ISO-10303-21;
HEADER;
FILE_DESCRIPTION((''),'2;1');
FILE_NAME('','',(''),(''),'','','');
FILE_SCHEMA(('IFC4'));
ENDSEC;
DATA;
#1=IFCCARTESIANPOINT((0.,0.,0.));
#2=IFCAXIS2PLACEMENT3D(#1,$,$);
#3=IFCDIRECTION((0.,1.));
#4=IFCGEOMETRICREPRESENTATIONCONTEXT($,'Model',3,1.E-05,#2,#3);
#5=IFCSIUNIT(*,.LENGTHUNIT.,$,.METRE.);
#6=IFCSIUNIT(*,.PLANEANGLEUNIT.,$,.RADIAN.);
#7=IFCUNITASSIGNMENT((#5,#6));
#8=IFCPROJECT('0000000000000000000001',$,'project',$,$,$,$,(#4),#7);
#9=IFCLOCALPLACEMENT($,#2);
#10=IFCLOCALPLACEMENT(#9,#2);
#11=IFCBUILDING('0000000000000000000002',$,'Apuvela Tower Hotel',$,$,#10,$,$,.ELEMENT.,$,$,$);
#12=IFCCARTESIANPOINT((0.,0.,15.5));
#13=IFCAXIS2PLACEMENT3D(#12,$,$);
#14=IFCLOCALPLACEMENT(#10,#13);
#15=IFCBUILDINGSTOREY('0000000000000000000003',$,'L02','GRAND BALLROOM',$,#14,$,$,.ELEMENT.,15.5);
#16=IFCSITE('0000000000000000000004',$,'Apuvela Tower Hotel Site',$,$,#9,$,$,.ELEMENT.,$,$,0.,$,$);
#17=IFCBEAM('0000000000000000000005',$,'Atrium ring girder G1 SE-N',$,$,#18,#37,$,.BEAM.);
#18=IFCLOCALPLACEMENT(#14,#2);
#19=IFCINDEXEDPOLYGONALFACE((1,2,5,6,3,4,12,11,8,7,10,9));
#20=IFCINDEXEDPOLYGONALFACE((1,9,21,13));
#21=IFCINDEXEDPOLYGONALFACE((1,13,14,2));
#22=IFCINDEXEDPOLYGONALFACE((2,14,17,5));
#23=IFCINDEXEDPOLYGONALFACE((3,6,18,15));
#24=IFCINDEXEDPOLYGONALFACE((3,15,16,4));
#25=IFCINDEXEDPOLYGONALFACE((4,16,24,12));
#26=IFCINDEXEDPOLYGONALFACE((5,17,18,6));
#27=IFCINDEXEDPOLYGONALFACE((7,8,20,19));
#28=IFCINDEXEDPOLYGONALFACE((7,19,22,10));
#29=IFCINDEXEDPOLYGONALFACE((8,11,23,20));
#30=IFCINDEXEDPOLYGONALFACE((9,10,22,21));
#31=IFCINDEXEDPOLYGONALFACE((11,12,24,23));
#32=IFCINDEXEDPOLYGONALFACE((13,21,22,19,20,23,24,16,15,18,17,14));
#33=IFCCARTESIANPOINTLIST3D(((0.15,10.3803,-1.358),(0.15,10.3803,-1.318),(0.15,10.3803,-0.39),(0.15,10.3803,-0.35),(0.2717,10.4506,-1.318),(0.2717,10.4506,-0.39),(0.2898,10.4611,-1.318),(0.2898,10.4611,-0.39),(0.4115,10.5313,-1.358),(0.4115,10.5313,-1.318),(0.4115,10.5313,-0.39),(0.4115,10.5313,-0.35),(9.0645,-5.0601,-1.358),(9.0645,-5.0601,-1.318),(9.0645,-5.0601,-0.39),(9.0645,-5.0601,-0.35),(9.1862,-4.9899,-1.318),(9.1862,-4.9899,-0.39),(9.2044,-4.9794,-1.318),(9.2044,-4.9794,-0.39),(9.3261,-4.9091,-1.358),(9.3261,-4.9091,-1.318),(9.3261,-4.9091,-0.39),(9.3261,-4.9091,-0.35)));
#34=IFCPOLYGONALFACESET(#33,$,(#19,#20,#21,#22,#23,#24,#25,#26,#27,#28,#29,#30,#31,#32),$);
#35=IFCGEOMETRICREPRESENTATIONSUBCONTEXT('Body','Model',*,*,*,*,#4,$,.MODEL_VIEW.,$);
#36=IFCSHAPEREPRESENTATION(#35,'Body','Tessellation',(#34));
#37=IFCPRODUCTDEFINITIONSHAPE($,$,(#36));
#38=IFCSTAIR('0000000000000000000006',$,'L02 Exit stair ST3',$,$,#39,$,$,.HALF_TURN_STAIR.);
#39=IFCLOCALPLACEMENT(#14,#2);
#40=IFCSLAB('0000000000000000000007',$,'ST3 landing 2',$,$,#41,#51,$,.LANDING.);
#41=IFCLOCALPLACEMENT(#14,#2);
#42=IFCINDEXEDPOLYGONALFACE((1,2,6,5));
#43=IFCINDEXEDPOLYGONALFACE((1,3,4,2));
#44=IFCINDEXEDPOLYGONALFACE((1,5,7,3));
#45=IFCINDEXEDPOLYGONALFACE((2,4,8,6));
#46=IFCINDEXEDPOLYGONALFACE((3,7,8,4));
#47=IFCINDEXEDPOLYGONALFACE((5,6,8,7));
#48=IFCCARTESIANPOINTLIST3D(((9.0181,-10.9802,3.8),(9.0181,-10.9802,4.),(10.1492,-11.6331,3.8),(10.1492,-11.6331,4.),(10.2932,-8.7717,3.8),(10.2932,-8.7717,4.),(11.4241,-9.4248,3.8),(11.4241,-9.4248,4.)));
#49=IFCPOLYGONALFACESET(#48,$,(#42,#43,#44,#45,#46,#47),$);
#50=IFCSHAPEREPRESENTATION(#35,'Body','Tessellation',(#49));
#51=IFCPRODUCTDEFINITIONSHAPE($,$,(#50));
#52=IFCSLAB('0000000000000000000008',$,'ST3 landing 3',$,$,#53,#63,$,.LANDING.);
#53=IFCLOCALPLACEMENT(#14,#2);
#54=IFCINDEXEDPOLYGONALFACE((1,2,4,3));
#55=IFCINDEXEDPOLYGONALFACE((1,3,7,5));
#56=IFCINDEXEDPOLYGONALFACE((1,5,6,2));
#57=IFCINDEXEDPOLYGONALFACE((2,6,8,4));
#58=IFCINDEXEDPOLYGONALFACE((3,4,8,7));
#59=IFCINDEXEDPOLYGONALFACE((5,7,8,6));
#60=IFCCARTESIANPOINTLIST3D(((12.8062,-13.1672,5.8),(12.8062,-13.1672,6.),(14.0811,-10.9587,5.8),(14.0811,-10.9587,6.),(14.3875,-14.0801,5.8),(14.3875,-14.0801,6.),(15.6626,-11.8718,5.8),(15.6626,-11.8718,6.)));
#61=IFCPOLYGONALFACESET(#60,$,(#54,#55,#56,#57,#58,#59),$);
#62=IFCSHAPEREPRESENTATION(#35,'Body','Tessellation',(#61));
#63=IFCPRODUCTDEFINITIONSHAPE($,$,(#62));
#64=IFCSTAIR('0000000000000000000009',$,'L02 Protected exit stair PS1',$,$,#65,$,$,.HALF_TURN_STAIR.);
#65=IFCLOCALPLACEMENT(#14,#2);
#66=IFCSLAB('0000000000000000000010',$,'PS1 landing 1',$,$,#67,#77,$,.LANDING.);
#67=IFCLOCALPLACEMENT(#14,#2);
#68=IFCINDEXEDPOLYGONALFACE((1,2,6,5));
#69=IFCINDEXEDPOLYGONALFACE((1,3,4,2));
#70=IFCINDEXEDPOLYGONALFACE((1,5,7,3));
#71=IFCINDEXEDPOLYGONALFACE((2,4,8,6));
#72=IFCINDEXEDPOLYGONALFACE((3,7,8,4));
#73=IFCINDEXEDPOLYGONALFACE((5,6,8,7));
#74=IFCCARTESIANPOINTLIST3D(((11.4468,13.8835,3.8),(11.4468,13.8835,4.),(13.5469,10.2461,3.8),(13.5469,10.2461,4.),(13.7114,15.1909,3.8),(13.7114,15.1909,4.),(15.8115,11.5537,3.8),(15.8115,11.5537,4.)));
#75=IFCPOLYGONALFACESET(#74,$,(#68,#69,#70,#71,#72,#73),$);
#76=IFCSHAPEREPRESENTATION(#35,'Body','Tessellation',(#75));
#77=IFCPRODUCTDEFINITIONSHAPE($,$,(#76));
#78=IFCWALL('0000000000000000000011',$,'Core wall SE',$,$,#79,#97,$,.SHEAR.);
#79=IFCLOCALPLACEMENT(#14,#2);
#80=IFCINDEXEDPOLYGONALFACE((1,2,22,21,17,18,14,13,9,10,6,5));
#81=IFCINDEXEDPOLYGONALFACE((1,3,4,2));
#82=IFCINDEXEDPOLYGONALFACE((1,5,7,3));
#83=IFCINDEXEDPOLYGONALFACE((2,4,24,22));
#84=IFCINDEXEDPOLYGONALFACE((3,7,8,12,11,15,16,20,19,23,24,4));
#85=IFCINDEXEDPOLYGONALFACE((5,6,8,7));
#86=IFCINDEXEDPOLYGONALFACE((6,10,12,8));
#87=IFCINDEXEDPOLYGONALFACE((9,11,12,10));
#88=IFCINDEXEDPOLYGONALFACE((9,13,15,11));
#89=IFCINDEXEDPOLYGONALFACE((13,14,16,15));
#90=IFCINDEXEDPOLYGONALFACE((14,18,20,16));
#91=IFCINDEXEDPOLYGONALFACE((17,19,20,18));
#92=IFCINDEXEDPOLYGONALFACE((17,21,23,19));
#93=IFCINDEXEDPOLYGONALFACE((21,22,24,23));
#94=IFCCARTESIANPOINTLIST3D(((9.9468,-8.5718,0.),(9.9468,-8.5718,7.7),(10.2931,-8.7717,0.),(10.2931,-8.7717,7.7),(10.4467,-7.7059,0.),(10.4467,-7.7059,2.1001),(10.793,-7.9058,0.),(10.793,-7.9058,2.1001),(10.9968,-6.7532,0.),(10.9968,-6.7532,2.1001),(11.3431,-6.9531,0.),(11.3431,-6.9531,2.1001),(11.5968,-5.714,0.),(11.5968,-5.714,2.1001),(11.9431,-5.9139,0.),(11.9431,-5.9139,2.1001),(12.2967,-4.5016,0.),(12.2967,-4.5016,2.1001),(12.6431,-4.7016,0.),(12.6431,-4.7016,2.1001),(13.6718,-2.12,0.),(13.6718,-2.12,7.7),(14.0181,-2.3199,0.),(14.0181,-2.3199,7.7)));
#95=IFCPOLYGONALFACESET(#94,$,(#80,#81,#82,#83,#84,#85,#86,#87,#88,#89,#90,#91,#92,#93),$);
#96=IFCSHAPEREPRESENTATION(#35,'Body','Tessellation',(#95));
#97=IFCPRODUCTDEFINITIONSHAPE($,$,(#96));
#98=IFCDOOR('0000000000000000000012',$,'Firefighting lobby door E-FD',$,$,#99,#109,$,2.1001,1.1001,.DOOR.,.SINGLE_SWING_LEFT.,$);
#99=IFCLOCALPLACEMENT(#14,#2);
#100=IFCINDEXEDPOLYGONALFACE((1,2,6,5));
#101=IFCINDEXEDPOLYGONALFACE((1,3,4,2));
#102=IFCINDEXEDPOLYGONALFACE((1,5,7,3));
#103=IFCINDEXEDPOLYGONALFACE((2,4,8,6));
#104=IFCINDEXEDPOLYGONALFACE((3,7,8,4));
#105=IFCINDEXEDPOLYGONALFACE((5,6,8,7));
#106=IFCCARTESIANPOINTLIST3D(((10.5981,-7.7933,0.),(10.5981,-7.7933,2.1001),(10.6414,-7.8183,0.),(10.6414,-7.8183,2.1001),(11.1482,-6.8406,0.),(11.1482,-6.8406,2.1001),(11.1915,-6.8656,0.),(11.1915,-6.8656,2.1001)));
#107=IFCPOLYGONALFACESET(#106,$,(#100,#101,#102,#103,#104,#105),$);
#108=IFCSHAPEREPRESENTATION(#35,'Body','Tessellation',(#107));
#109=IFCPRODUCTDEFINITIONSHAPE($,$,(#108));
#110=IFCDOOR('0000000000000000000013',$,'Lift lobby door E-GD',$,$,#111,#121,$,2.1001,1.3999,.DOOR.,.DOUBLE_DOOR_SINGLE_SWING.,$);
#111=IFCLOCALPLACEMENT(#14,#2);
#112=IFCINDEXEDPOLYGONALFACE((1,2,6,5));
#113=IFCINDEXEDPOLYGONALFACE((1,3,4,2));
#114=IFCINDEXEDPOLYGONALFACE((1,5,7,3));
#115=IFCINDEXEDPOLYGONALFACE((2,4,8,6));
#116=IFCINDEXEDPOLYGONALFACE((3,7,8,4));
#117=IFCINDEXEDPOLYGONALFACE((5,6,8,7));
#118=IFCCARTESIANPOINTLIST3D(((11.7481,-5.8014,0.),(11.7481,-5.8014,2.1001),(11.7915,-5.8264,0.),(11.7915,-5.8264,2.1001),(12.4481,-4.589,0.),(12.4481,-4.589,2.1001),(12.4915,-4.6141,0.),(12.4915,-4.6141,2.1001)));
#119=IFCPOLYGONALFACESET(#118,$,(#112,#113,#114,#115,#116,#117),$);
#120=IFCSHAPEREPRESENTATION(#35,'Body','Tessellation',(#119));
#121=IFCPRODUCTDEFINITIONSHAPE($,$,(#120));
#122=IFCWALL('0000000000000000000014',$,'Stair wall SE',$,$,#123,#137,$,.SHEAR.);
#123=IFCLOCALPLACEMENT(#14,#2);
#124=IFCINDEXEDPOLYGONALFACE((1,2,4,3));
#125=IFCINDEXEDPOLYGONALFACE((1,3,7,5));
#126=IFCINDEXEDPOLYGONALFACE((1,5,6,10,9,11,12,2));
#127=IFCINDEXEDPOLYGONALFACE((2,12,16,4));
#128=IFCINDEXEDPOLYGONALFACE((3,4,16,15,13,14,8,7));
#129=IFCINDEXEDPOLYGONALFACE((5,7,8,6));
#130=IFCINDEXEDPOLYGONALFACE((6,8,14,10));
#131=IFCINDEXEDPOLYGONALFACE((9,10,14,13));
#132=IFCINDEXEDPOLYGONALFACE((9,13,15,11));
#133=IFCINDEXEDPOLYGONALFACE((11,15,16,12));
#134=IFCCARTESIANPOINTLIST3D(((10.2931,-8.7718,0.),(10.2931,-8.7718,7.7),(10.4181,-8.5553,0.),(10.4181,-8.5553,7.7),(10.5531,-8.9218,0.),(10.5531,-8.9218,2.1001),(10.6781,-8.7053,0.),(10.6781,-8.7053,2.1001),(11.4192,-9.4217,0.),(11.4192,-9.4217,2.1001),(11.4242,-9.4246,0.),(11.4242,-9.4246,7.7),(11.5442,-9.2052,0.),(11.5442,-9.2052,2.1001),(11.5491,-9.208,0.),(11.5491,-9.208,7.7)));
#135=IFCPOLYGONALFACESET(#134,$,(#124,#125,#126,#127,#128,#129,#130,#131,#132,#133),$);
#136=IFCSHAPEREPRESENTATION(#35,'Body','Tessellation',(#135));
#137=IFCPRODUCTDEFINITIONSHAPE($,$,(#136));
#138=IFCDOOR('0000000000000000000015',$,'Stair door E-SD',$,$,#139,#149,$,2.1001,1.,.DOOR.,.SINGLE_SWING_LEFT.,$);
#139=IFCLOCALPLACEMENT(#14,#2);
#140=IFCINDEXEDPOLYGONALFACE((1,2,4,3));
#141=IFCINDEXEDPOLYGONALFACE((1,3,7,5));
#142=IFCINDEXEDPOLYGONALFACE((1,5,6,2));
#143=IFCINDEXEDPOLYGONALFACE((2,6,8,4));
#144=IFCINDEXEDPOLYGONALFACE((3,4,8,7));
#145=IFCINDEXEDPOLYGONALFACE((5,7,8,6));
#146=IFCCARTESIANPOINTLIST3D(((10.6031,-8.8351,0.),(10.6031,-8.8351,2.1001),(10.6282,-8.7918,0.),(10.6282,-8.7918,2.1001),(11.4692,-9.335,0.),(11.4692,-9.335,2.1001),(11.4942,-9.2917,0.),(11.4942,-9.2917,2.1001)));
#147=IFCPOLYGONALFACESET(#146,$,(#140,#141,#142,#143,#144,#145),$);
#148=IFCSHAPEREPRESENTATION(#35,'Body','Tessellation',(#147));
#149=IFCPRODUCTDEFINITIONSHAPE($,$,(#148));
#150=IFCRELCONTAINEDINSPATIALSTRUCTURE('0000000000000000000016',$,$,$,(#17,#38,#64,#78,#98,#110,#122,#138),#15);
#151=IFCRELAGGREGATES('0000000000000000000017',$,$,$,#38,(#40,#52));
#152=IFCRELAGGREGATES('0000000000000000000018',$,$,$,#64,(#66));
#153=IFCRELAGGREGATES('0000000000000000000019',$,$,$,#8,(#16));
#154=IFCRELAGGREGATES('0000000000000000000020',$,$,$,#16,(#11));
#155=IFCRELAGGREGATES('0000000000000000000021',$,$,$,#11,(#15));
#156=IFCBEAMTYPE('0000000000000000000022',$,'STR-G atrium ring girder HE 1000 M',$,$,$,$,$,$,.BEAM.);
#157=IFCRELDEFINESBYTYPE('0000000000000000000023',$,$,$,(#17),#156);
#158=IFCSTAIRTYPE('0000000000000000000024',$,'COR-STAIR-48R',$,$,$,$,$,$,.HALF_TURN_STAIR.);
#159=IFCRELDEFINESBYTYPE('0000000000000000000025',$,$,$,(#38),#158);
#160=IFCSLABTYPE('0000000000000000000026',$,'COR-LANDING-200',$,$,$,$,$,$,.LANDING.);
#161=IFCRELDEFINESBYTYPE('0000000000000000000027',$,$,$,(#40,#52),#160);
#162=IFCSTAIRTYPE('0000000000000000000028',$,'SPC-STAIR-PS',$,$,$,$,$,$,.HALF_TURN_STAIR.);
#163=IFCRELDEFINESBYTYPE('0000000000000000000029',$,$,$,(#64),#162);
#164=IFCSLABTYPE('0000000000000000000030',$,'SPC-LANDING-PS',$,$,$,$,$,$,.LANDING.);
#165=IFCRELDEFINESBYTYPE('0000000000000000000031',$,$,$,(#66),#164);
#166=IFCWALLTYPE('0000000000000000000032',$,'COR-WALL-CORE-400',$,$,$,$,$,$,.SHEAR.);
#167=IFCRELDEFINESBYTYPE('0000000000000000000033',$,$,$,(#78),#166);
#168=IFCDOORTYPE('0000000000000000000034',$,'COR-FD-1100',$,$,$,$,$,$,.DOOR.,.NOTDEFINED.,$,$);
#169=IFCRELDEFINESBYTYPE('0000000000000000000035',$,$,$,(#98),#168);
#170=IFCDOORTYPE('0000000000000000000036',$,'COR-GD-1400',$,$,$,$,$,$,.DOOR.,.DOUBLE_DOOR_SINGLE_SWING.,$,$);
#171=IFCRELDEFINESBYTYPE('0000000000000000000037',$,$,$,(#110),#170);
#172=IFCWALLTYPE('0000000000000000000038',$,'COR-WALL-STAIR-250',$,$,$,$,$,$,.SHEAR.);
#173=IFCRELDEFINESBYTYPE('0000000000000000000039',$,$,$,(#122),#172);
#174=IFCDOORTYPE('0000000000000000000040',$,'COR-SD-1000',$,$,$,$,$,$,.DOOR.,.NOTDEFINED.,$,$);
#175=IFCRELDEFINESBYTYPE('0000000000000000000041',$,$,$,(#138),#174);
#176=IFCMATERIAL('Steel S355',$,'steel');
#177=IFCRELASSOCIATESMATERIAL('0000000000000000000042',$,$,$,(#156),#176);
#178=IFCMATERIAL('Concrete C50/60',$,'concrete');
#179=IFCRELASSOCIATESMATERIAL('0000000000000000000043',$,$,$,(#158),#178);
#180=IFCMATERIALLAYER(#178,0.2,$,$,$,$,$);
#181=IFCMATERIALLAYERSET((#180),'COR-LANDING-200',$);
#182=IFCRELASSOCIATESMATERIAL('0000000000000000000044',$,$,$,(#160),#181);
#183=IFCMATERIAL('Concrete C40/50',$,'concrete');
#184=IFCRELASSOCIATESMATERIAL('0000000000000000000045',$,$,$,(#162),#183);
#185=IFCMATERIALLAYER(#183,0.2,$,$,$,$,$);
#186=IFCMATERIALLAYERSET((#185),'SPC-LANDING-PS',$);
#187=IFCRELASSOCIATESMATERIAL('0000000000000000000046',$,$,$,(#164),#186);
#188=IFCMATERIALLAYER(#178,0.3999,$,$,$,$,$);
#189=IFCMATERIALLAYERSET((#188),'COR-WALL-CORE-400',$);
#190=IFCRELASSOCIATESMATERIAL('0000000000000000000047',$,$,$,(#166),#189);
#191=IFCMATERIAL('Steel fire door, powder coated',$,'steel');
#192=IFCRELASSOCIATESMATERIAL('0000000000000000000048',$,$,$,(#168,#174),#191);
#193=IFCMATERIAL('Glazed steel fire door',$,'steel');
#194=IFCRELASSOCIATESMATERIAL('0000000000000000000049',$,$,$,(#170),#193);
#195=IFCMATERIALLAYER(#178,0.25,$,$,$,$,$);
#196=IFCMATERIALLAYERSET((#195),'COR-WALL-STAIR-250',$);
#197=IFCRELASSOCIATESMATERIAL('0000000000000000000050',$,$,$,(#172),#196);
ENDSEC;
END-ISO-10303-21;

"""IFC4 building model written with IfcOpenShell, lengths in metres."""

from ifc_helpers import new_model, si_unit, direction, frame, frame_2d, origin, origin_2d, place, context, subcontext, project, spatial, polyline, rectangle, i_section, outline, extrude, material, layer, layer_set, material_profile, profile_set, type_object, element, fill, aggregate, save


model = new_model("IFC4")

# Units and contexts
model_context = context("Model", 3, precision=1e-05, world=origin(), true_north=direction((0.0, 1.0)))
body_context = subcontext(model_context, "Body", "Model", "MODEL_VIEW")
ifc_project = project(units=[si_unit("LENGTHUNIT", "METRE"), si_unit("PLANEANGLEUNIT", "RADIAN")], contexts=[model_context])

# Site, building, storey
site_placement = place(None, origin())
site = spatial("IfcSite", under=ifc_project, at=site_placement, Name="Apuvela Tower Hotel Site", CompositionType="ELEMENT", RefElevation=0.0)
building_placement = place(site_placement, origin())
building = spatial("IfcBuilding", under=site, at=building_placement, Name="Apuvela Tower Hotel", CompositionType="ELEMENT")
storey_placement = place(building_placement, frame((0.0, 0.0, 15.5)))
storey = spatial("IfcBuildingStorey", under=building, at=storey_placement, Name="L02", Description="GRAND BALLROOM", CompositionType="ELEMENT", Elevation=15.5)

# Beam
ifc_material_1 = material(Name="Steel S355", Category="steel")
ifc_material_profile = material_profile(ifc_material_1, i_section(OverallWidth=0.302, OverallDepth=1.0081, WebThickness=0.021, FlangeThickness=0.04, at=origin_2d()), Name="HE 1000 M")
ifc_profile_set = profile_set([ifc_material_profile], Name="Steel S355")
beam_type = type_object("IfcBeamType", Name="STR-G atrium ring girder HE 1000 M", PredefinedType="BEAM", material=ifc_profile_set)
beam_placement = place(storey_placement, frame((9.1953, -4.9846, -0.854), z_axis=(-0.500001, 0.866025, 0.0), x_axis=(-0.866025, -0.500001, 0.0)))
element("IfcBeam", 1, at=beam_placement, inside=storey, type_object=beam_type, Name="Atrium ring girder G1 SE-N", PredefinedType="BEAM", context=body_context, shape_type="SweptSolid", body=[
    extrude(i_section(OverallWidth=0.302, OverallDepth=1.0081, WebThickness=0.021, FlangeThickness=0.04, at=origin_2d()), origin(), (0.0, 0.0, 1.0), 17.8291),
])

# Stair, slabs
ifc_material_2 = material(Name="Concrete C50/60", Category="concrete")
stair_type_1 = type_object("IfcStairType", Name="COR-STAIR-48R", PredefinedType="HALF_TURN_STAIR", material=ifc_material_2)
stair_1_placement = place(storey_placement, origin())
stair_1 = element("IfcStair", 2, at=stair_1_placement, inside=storey, type_object=stair_type_1, Name="L02 Exit stair ST3", PredefinedType="HALF_TURN_STAIR")
ifc_layer_1 = layer(ifc_material_2, 0.2)
ifc_layer_set_1 = layer_set([ifc_layer_1], Name="COR-LANDING-200")
slab_type_1 = type_object("IfcSlabType", Name="COR-LANDING-200", PredefinedType="LANDING", material=ifc_layer_set_1)
slab_1_placement = place(storey_placement, frame((0.0, 0.0, 3.8)))
slab_1 = element("IfcSlab", 3, at=slab_1_placement, type_object=slab_type_1, Name="ST3 landing 2", PredefinedType="LANDING", context=body_context, shape_type="SweptSolid", body=[
    extrude(outline(polyline([(9.0181, -10.9802), (10.1492, -11.6331), (11.4241, -9.4248), (10.2932, -8.7717), (9.0181, -10.9802)])), origin(), (0.0, 0.0, 1.0), 0.2),
])
slab_2_placement = place(storey_placement, frame((0.0, 0.0, 5.8)))
slab_2 = element("IfcSlab", 4, at=slab_2_placement, type_object=slab_type_1, Name="ST3 landing 3", PredefinedType="LANDING", context=body_context, shape_type="SweptSolid", body=[
    extrude(outline(polyline([(12.8062, -13.1672), (14.3875, -14.0801), (15.6626, -11.8718), (14.0811, -10.9587), (12.8062, -13.1672)])), origin(), (0.0, 0.0, 1.0), 0.2),
])
aggregate(stair_1, [slab_1, slab_2])

# Stair, slab
ifc_material_3 = material(Name="Concrete C40/50", Category="concrete")
stair_type_2 = type_object("IfcStairType", Name="SPC-STAIR-PS", PredefinedType="HALF_TURN_STAIR", material=ifc_material_3)
stair_2_placement = place(storey_placement, origin())
stair_2 = element("IfcStair", 5, at=stair_2_placement, inside=storey, type_object=stair_type_2, Name="L02 Protected exit stair PS1", PredefinedType="HALF_TURN_STAIR")
ifc_layer_2 = layer(ifc_material_3, 0.2)
ifc_layer_set_2 = layer_set([ifc_layer_2], Name="SPC-LANDING-PS")
slab_type_2 = type_object("IfcSlabType", Name="SPC-LANDING-PS", PredefinedType="LANDING", material=ifc_layer_set_2)
slab_3_placement = place(storey_placement, frame((0.0, 0.0, 3.8)))
slab_3 = element("IfcSlab", 6, at=slab_3_placement, type_object=slab_type_2, Name="PS1 landing 1", PredefinedType="LANDING", context=body_context, shape_type="SweptSolid", body=[
    extrude(outline(polyline([(13.5469, 10.2461), (15.8115, 11.5537), (13.7114, 15.1909), (11.4468, 13.8835), (13.5469, 10.2461)])), origin(), (0.0, 0.0, 1.0), 0.2),
])
aggregate(stair_2, [slab_3])

# Wall, openings, doors
ifc_layer_3 = layer(ifc_material_2, 0.3999)
ifc_layer_set_3 = layer_set([ifc_layer_3], Name="COR-WALL-CORE-400")
wall_type_1 = type_object("IfcWallType", Name="COR-WALL-CORE-400", PredefinedType="SHEAR", material=ifc_layer_set_3)
wall_1_placement = place(storey_placement, frame((10.1199, -8.6719, 0.0), z_axis=(0.0, 0.0, 1.0), x_axis=(0.500009, 0.86602, 0.0)))
wall_1 = element("IfcWall", 7, at=wall_1_placement, inside=storey, type_object=wall_type_1, Name="Core wall SE", PredefinedType="SHEAR", context=body_context, shape_type="SweptSolid", body=[
    extrude(rectangle(XDim=7.45, YDim=0.3999, at=frame_2d((3.7251, 0.0))), origin(), (0.0, 0.0, 1.0), 7.7),
])
opening_1_placement = place(wall_1_placement, frame((1.0, 0.0, 0.0)))
opening_1 = element("IfcOpeningElement", 8, at=opening_1_placement, cuts=wall_1, PredefinedType="OPENING", context=body_context, shape_type="SweptSolid", body=[
    extrude(rectangle(XDim=1.1001, YDim=2.1001, at=frame_2d((0.55, 1.05))), frame((0.0, 0.21, 0.0), z_axis=(0.0, -1.0, 0.0), x_axis=(1.0, 0.0, 0.0)), (0.0, 0.0, 1.0), 0.4199),
])
opening_2_placement = place(wall_1_placement, frame((3.3, 0.0, 0.0)))
opening_2 = element("IfcOpeningElement", 9, at=opening_2_placement, cuts=wall_1, PredefinedType="OPENING", context=body_context, shape_type="SweptSolid", body=[
    extrude(rectangle(XDim=1.3999, YDim=2.1001, at=frame_2d((0.7, 1.05))), frame((0.0, 0.21, 0.0), z_axis=(0.0, -1.0, 0.0), x_axis=(1.0, 0.0, 0.0)), (0.0, 0.0, 1.0), 0.4199),
])
ifc_material_4 = material(Name="Steel fire door, powder coated", Category="steel")
door_type_1 = type_object("IfcDoorType", Name="COR-FD-1100", OperationType="NOTDEFINED", PredefinedType="DOOR", material=ifc_material_4)
door_1_placement = place(opening_1_placement, frame((1.1001, 0.0, 0.0), z_axis=(0.0, 0.0, 1.0), x_axis=(-1.0, 0.0, 0.0)))
door_1 = element("IfcDoor", 10, at=door_1_placement, inside=storey, type_object=door_type_1, Name="Firefighting lobby door E-FD", OperationType="SINGLE_SWING_LEFT", OverallHeight=2.1001, OverallWidth=1.1001, PredefinedType="DOOR", context=body_context, shape_type="SweptSolid", body=[
    extrude(rectangle(XDim=1.1001, YDim=2.1001, at=frame_2d((0.55, 1.05))), frame((0.0, 0.0249, 0.0), z_axis=(0.0, -1.0, 0.0), x_axis=(1.0, 0.0, 0.0)), (0.0, 0.0, 1.0), 0.05),
])
fill(opening_1, door_1)
ifc_material_5 = material(Name="Glazed steel fire door", Category="steel")
door_type_2 = type_object("IfcDoorType", Name="COR-GD-1400", OperationType="DOUBLE_DOOR_SINGLE_SWING", PredefinedType="DOOR", material=ifc_material_5)
door_2_placement = place(opening_2_placement, frame((1.3999, 0.0, 0.0), z_axis=(0.0, 0.0, 1.0), x_axis=(-1.0, 0.0, 0.0)))
door_2 = element("IfcDoor", 11, at=door_2_placement, inside=storey, type_object=door_type_2, Name="Lift lobby door E-GD", OperationType="DOUBLE_DOOR_SINGLE_SWING", OverallHeight=2.1001, OverallWidth=1.3999, PredefinedType="DOOR", context=body_context, shape_type="SweptSolid", body=[
    extrude(rectangle(XDim=1.3999, YDim=2.1001, at=frame_2d((0.7, 1.05))), frame((0.0, 0.0249, 0.0), z_axis=(0.0, -1.0, 0.0), x_axis=(1.0, 0.0, 0.0)), (0.0, 0.0, 1.0), 0.05),
])
fill(opening_2, door_2)

# Wall, opening, door
ifc_layer_4 = layer(ifc_material_2, 0.25)
ifc_layer_set_4 = layer_set([ifc_layer_4], Name="COR-WALL-STAIR-250")
wall_type_2 = type_object("IfcWallType", Name="COR-WALL-STAIR-250", PredefinedType="SHEAR", material=ifc_layer_set_4)
wall_2_placement = place(storey_placement, frame((10.3557, -8.6636, 0.0), z_axis=(0.0, 0.0, 1.0), x_axis=(0.866095, -0.499879, 0.0)))
wall_2 = element("IfcWall", 12, at=wall_2_placement, inside=storey, type_object=wall_type_2, Name="Stair wall SE", PredefinedType="SHEAR", context=body_context, shape_type="SweptSolid", body=[
    extrude(rectangle(XDim=1.3059, YDim=0.25, at=frame_2d((0.6528, 0.0))), origin(), (0.0, 0.0, 1.0), 7.7),
])
opening_3_placement = place(wall_2_placement, frame((0.3, 0.0, 0.0)))
opening_3 = element("IfcOpeningElement", 13, at=opening_3_placement, cuts=wall_2, PredefinedType="OPENING", context=body_context, shape_type="SweptSolid", body=[
    extrude(rectangle(XDim=1.0, YDim=2.1001, at=frame_2d((0.5, 1.05))), frame((0.0, 0.135, 0.0), z_axis=(0.0, -1.0, 0.0), x_axis=(1.0, 0.0, 0.0)), (0.0, 0.0, 1.0), 0.27),
])
door_type_3 = type_object("IfcDoorType", Name="COR-SD-1000", OperationType="NOTDEFINED", PredefinedType="DOOR", material=ifc_material_4)
door_3_placement = place(opening_3_placement, frame((1.0, 0.0, 0.0), z_axis=(0.0, 0.0, 1.0), x_axis=(-1.0, 0.0, 0.0)))
door_3 = element("IfcDoor", 14, at=door_3_placement, inside=storey, type_object=door_type_3, Name="Stair door E-SD", OperationType="SINGLE_SWING_LEFT", OverallHeight=2.1001, OverallWidth=1.0, PredefinedType="DOOR", context=body_context, shape_type="SweptSolid", body=[
    extrude(rectangle(XDim=1.0, YDim=2.1001, at=frame_2d((0.5, 1.05))), frame((0.0, 0.0249, 0.0), z_axis=(0.0, -1.0, 0.0), x_axis=(1.0, 0.0, 0.0)), (0.0, 0.0, 1.0), 0.05),
])
fill(opening_3, door_3)

save(model, "model.ifc")
